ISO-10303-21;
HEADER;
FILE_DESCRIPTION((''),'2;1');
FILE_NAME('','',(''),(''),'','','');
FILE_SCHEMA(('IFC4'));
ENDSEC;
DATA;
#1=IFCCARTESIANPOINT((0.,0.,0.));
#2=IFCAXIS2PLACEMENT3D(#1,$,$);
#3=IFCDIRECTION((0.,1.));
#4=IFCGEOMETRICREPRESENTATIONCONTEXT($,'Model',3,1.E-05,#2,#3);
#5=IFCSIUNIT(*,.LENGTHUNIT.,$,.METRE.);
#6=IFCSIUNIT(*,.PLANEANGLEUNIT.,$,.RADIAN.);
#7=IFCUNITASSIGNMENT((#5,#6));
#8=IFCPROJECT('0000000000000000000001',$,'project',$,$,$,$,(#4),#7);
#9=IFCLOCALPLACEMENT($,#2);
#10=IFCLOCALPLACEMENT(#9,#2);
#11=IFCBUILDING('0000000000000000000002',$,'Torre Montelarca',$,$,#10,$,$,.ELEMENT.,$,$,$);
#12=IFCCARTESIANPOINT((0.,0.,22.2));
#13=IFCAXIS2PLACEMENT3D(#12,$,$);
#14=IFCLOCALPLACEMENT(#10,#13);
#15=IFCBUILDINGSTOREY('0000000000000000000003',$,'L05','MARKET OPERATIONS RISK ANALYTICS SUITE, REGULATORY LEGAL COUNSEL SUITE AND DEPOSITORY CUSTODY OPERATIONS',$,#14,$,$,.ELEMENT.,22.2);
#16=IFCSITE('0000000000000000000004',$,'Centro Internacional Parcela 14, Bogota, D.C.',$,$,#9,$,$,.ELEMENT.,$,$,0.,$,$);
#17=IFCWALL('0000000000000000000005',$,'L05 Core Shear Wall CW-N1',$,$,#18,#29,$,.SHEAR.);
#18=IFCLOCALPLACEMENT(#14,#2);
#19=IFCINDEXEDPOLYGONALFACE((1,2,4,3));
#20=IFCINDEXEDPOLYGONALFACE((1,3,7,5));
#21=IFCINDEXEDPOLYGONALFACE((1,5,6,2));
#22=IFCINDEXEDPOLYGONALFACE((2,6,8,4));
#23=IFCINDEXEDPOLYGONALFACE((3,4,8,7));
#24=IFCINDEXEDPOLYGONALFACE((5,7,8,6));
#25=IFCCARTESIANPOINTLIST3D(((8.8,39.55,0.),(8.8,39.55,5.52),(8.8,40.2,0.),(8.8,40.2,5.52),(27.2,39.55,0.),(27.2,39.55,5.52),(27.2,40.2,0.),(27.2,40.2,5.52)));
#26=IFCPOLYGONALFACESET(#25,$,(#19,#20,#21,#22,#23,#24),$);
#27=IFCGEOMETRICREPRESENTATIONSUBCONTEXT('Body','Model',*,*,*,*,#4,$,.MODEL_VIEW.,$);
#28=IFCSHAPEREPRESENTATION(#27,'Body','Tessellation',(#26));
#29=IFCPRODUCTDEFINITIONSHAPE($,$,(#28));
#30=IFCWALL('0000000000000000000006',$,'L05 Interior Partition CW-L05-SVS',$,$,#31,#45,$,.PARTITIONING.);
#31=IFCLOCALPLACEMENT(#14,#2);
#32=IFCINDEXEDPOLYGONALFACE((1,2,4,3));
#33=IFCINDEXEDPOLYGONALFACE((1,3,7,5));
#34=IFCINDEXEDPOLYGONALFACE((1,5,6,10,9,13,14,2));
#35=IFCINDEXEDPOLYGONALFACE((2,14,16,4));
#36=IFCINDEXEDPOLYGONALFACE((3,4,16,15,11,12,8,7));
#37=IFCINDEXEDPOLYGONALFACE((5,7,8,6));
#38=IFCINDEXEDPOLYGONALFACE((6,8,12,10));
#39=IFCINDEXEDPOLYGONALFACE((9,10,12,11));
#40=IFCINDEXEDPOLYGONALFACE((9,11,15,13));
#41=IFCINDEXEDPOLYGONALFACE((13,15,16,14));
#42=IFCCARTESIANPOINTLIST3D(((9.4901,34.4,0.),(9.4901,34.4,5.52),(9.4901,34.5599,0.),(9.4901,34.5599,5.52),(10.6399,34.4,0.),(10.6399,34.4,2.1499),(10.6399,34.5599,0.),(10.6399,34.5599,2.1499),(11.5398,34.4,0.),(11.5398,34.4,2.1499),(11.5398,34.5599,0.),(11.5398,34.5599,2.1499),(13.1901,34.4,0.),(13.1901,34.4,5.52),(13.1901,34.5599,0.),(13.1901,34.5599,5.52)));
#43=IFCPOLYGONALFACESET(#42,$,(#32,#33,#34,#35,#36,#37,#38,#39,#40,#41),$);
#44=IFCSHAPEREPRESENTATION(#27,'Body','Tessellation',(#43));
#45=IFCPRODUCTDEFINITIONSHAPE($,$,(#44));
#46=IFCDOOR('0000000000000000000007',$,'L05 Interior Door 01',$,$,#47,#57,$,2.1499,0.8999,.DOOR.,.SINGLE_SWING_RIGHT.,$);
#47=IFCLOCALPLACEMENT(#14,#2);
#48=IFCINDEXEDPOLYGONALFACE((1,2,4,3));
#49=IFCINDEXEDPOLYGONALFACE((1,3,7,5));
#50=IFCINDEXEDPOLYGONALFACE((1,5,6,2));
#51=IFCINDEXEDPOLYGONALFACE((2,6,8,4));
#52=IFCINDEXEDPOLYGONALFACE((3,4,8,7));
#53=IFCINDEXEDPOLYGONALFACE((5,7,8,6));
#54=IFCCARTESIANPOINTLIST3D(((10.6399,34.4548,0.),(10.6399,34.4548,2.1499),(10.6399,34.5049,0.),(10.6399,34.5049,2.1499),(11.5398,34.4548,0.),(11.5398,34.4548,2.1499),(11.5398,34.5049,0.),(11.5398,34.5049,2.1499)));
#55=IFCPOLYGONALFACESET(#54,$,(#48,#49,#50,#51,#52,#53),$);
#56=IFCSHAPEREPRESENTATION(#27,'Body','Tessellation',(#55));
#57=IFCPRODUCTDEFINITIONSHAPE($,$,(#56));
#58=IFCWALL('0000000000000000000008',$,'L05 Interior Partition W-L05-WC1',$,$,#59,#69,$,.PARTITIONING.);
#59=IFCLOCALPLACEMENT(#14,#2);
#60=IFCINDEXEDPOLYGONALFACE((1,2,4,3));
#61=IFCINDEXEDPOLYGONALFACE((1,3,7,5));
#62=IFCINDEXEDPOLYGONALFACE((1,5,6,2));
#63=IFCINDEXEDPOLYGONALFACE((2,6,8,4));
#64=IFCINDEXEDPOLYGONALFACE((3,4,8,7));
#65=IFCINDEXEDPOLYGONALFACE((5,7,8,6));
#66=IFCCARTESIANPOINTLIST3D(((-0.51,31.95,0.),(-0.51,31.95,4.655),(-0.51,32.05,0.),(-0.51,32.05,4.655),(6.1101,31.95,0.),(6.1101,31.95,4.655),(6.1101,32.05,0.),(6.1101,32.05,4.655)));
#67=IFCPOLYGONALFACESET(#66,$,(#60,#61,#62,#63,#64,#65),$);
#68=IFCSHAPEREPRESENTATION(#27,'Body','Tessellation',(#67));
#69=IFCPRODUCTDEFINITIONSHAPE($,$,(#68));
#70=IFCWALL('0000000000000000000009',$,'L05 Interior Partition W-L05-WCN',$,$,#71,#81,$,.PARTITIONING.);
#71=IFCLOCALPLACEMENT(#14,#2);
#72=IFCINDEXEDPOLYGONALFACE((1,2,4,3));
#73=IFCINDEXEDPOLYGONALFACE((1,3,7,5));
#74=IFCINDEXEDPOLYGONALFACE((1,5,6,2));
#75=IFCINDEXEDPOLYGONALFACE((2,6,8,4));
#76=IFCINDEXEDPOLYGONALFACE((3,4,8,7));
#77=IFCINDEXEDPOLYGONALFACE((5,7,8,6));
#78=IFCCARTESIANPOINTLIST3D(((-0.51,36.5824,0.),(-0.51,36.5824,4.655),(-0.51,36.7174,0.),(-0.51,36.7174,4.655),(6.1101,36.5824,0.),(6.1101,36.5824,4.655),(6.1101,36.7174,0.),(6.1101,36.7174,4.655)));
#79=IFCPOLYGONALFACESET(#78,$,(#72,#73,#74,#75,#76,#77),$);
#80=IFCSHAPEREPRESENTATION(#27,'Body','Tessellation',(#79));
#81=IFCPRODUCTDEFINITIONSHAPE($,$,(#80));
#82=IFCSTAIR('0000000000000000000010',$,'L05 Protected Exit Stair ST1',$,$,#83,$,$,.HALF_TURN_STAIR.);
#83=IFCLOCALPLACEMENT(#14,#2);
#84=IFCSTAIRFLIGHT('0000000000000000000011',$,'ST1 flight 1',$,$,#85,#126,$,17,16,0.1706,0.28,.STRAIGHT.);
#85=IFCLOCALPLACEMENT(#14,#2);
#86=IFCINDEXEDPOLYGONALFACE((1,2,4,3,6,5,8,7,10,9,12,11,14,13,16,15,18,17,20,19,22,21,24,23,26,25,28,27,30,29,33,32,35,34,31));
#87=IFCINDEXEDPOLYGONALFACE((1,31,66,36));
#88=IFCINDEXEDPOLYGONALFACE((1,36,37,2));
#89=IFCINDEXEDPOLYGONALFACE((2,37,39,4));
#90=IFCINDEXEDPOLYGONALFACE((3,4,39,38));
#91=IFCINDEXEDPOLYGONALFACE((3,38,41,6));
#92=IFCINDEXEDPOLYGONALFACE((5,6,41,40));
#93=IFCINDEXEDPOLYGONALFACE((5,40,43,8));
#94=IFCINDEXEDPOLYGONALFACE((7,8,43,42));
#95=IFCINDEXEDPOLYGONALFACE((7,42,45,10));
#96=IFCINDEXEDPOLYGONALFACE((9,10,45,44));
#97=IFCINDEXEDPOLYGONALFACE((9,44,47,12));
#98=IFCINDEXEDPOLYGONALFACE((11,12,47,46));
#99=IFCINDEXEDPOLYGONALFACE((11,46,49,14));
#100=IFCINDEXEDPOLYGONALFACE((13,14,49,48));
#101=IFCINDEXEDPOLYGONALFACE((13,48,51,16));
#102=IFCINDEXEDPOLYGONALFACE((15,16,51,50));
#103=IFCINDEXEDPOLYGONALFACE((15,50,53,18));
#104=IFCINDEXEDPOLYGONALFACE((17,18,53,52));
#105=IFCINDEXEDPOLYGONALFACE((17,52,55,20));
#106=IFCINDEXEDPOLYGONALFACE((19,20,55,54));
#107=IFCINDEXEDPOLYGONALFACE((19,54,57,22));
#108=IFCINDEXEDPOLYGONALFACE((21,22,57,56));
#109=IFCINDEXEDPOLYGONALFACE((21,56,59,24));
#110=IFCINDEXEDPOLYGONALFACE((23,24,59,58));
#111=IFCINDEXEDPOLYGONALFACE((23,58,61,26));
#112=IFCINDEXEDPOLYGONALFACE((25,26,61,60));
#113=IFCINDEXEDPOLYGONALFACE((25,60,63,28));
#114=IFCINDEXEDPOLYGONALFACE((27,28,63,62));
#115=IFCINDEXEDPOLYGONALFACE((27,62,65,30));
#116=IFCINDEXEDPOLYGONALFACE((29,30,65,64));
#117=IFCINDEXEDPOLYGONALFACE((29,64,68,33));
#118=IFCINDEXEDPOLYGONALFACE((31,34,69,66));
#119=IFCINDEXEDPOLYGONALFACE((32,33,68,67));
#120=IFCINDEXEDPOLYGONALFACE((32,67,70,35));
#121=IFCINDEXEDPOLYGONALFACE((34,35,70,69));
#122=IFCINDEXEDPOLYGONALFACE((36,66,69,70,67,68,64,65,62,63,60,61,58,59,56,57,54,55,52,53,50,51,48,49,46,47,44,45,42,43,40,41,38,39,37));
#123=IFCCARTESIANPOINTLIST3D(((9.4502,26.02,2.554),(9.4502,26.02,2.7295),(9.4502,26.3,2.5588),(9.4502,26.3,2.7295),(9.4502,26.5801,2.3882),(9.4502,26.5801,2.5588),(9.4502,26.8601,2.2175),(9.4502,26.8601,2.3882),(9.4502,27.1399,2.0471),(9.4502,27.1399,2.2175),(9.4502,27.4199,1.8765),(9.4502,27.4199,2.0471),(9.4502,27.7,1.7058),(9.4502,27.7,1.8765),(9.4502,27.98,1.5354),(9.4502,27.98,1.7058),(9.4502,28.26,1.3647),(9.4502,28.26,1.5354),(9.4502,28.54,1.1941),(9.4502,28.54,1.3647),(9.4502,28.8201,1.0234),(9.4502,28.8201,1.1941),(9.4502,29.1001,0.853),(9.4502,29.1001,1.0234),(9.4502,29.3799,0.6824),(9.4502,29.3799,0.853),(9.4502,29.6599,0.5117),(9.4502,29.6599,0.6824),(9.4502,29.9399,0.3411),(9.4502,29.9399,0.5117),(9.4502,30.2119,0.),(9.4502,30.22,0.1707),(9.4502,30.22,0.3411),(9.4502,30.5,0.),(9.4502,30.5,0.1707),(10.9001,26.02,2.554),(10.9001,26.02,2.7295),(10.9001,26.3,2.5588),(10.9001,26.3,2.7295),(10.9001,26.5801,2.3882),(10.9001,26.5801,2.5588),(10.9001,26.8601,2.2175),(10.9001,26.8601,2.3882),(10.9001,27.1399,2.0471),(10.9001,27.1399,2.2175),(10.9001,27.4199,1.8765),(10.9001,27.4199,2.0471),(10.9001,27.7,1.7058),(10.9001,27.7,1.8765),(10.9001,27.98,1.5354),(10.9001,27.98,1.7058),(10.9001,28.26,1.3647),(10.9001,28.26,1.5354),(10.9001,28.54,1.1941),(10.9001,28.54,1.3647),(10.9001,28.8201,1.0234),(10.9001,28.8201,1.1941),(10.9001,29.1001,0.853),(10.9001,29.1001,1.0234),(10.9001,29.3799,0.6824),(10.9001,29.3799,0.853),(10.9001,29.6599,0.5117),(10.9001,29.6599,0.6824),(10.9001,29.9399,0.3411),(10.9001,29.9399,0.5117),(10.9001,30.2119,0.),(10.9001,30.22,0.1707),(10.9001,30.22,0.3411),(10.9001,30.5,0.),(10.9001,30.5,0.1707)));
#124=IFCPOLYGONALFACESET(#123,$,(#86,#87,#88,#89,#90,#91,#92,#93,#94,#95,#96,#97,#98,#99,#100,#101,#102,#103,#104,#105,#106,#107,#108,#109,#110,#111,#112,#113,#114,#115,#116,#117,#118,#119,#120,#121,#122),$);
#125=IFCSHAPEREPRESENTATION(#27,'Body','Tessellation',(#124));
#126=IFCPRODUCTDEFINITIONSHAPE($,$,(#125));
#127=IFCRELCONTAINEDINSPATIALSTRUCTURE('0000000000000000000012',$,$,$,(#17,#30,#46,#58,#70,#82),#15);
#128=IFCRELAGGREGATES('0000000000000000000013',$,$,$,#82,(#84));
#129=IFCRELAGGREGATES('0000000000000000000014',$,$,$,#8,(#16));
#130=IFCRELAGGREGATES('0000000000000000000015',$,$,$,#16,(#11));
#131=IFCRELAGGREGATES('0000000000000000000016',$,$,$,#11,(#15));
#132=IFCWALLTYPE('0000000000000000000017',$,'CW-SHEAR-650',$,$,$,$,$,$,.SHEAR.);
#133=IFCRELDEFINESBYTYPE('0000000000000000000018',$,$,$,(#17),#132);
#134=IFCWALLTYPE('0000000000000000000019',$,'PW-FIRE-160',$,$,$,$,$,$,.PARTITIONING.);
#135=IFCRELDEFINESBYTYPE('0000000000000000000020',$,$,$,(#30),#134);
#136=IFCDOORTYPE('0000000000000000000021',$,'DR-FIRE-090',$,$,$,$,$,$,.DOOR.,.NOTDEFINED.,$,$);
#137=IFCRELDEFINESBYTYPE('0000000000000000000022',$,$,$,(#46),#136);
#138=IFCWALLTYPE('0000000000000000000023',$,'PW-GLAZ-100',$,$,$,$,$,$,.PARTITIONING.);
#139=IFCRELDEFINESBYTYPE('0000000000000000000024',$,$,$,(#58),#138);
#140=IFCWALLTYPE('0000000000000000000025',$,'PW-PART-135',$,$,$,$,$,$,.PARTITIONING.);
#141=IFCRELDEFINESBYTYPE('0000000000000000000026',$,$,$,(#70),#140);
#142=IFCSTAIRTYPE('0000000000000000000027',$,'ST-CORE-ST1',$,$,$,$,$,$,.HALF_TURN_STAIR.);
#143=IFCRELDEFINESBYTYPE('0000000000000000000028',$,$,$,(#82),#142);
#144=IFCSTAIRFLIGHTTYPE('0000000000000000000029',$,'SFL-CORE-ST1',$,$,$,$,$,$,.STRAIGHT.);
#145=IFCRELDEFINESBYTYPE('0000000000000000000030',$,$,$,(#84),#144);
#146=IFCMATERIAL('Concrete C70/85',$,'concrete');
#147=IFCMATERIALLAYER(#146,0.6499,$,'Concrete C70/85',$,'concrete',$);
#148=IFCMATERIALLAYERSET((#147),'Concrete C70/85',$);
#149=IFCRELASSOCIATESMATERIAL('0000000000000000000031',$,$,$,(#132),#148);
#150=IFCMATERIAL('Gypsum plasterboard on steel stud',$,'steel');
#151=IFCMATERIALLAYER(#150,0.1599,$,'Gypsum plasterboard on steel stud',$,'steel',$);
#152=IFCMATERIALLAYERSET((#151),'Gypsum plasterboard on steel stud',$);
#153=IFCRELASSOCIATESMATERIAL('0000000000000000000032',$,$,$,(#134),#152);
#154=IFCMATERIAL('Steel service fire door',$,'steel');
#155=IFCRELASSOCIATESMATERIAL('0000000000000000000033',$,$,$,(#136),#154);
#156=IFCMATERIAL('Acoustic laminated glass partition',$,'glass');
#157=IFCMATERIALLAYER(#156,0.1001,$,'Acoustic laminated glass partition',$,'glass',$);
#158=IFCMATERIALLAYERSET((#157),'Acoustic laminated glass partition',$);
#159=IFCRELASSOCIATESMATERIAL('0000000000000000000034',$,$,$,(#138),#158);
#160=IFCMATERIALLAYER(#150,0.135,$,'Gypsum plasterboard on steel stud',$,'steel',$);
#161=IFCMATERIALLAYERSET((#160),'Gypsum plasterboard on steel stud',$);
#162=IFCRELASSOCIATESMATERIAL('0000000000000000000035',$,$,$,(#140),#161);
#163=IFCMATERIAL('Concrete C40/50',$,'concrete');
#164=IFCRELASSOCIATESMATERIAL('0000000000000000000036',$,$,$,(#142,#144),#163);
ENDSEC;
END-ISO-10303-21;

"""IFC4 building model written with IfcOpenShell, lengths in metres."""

from ifc_helpers import new_model, si_unit, direction, frame, frame_2d, origin, place, context, subcontext, project, spatial, polyline, rectangle, outline, extrude, source, transform, mapped, material, layer, layer_set, type_object, element, fill, aggregate, save


model = new_model("IFC4")

# Units and contexts
model_context = context("Model", 3, precision=1e-05, world=origin(), true_north=direction((0.0, 1.0)))
body_context = subcontext(model_context, "Body", "Model", "MODEL_VIEW")
ifc_project = project(units=[si_unit("LENGTHUNIT", "METRE"), si_unit("PLANEANGLEUNIT", "RADIAN")], contexts=[model_context])

# Site, building, storey
site_placement = place(None, origin())
site = spatial("IfcSite", under=ifc_project, at=site_placement, Name="Centro Internacional Parcela 14, Bogota, D.C.", CompositionType="ELEMENT", RefElevation=0.0)
building_placement = place(site_placement, origin())
building = spatial("IfcBuilding", under=site, at=building_placement, Name="Torre Montelarca", CompositionType="ELEMENT")
storey_placement = place(building_placement, frame((0.0, 0.0, 22.2)))
storey = spatial("IfcBuildingStorey", under=building, at=storey_placement, Name="L05", Description="MARKET OPERATIONS RISK ANALYTICS SUITE, REGULATORY LEGAL COUNSEL SUITE AND DEPOSITORY CUSTODY OPERATIONS", CompositionType="ELEMENT", Elevation=22.2)

# Shared definitions
ifc_material_1 = material(Name="Concrete C70/85", Category="concrete")

# Shared definitions
ifc_material_2 = material(Name="Concrete C40/50", Category="concrete")

# Wall
ifc_layer_1 = layer(ifc_material_1, 0.6499, Name="Concrete C70/85", Category="concrete")
ifc_layer_set_1 = layer_set([ifc_layer_1], Name="Concrete C70/85")
wall_type_1 = type_object("IfcWallType", Name="CW-SHEAR-650", PredefinedType="SHEAR", material=ifc_layer_set_1)
wall_1_placement = place(storey_placement, frame((8.8, 39.875, 0.0), z_axis=(0.0, 0.0, 1.0), x_axis=(1.0, 0.0, 0.0)))
element("IfcWall", 1, at=wall_1_placement, inside=storey, type_object=wall_type_1, Name="L05 Core Shear Wall CW-N1", PredefinedType="SHEAR", context=body_context, shape_type="SweptSolid", body=[
    extrude(rectangle(XDim=18.3999, YDim=0.6499, at=frame_2d((9.2, 0.0))), origin(), (0.0, 0.0, 1.0), 5.52),
])

# Wall, opening, door
ifc_material_3 = material(Name="Gypsum plasterboard on steel stud", Category="steel")
ifc_layer_2 = layer(ifc_material_3, 0.1599, Name="Gypsum plasterboard on steel stud", Category="steel")
ifc_layer_set_2 = layer_set([ifc_layer_2], Name="Gypsum plasterboard on steel stud")
wall_type_2 = type_object("IfcWallType", Name="PW-FIRE-160", PredefinedType="PARTITIONING", material=ifc_layer_set_2)
wall_2_placement = place(storey_placement, frame((9.49, 34.48, 0.0), z_axis=(0.0, 0.0, 1.0), x_axis=(1.0, 0.0, 0.0)))
wall_2 = element("IfcWall", 2, at=wall_2_placement, inside=storey, type_object=wall_type_2, Name="L05 Interior Partition CW-L05-SVS", PredefinedType="PARTITIONING", context=body_context, shape_type="SweptSolid", body=[
    extrude(rectangle(XDim=3.7, YDim=0.1599, at=frame_2d((1.8501, 0.0))), origin(), (0.0, 0.0, 1.0), 5.52),
])
opening_1_placement = place(wall_2_placement, frame((1.1499, 0.0, 0.0)))
opening_1 = element("IfcOpeningElement", 3, at=opening_1_placement, cuts=wall_2, PredefinedType="OPENING", context=body_context, shape_type="SweptSolid", body=[
    extrude(rectangle(XDim=0.8999, YDim=2.1499, at=frame_2d((0.45, 1.075))), frame((0.0, 0.0898, 0.0), z_axis=(0.0, -1.0, 0.0), x_axis=(1.0, 0.0, 0.0)), (0.0, 0.0, 1.0), 0.1799),
])
ifc_material_4 = material(Name="Steel service fire door", Category="steel")
door_type_1 = type_object("IfcDoorType", Name="DR-FIRE-090", OperationType="NOTDEFINED", PredefinedType="DOOR", material=ifc_material_4)
shared_shape_1 = source(origin(), body_context, "Body", "SweptSolid", [
    extrude(rectangle(XDim=0.8999, YDim=2.1499, at=frame_2d((0.45, 1.075))), frame((0.0, 0.0249, 0.0), z_axis=(0.0, -1.0, 0.0), x_axis=(1.0, 0.0, 0.0)), (0.0, 0.0, 1.0), 0.05),
])
door_1_placement = place(opening_1_placement, origin())
door_1 = element("IfcDoor", 4, at=door_1_placement, inside=storey, type_object=door_type_1, Name="L05 Interior Door 01", OperationType="SINGLE_SWING_RIGHT", OverallHeight=2.1499, OverallWidth=0.8999, PredefinedType="DOOR", context=body_context, shape_type="MappedRepresentation", body=[
    mapped(shared_shape_1, transform((0.0, 0.0, 0.0), scale=1.0)),
])
fill(opening_1, door_1)

# Walls
ifc_material_5 = material(Name="Acoustic laminated glass partition", Category="glass")
ifc_layer_3 = layer(ifc_material_5, 0.1001, Name="Acoustic laminated glass partition", Category="glass")
ifc_layer_set_3 = layer_set([ifc_layer_3], Name="Acoustic laminated glass partition")
wall_type_3 = type_object("IfcWallType", Name="PW-GLAZ-100", PredefinedType="PARTITIONING", material=ifc_layer_set_3)
wall_3_placement = place(storey_placement, frame((-0.51, 32.0, 0.0), z_axis=(0.0, 0.0, 1.0), x_axis=(1.0, 0.0, 0.0)))
element("IfcWall", 5, at=wall_3_placement, inside=storey, type_object=wall_type_3, Name="L05 Interior Partition W-L05-WC1", PredefinedType="PARTITIONING", context=body_context, shape_type="SweptSolid", body=[
    extrude(rectangle(XDim=6.6201, YDim=0.1001, at=frame_2d((3.3101, 0.0))), origin(), (0.0, 0.0, 1.0), 4.655),
])
ifc_layer_4 = layer(ifc_material_3, 0.135, Name="Gypsum plasterboard on steel stud", Category="steel")
ifc_layer_set_4 = layer_set([ifc_layer_4], Name="Gypsum plasterboard on steel stud")
wall_type_4 = type_object("IfcWallType", Name="PW-PART-135", PredefinedType="PARTITIONING", material=ifc_layer_set_4)
wall_4_placement = place(storey_placement, frame((-0.51, 36.6499, 0.0), z_axis=(0.0, 0.0, 1.0), x_axis=(1.0, 0.0, 0.0)))
element("IfcWall", 6, at=wall_4_placement, inside=storey, type_object=wall_type_4, Name="L05 Interior Partition W-L05-WCN", PredefinedType="PARTITIONING", context=body_context, shape_type="SweptSolid", body=[
    extrude(rectangle(XDim=6.6201, YDim=0.135, at=frame_2d((3.3101, 0.0))), origin(), (0.0, 0.0, 1.0), 4.655),
])

# Stair, stair flight
stair_type = type_object("IfcStairType", Name="ST-CORE-ST1", PredefinedType="HALF_TURN_STAIR", material=ifc_material_2)
stair_placement = place(storey_placement, origin())
stair = element("IfcStair", 7, at=stair_placement, inside=storey, type_object=stair_type, Name="L05 Protected Exit Stair ST1", PredefinedType="HALF_TURN_STAIR")
stair_flight_type = type_object("IfcStairFlightType", Name="SFL-CORE-ST1", PredefinedType="STRAIGHT", material=ifc_material_2)
stair_flight_placement = place(storey_placement, frame((10.175, 30.5, 0.0), z_axis=(0.0, 0.0, 1.0), x_axis=(0.0, -1.0, 0.0)))
stair_flight = element("IfcStairFlight", 8, at=stair_flight_placement, type_object=stair_flight_type, Name="ST1 flight 1", NumberOfRisers=17, NumberOfTreads=16, PredefinedType="STRAIGHT", RiserHeight=0.1706, TreadLength=0.28, context=body_context, shape_type="SweptSolid", body=[
    extrude(outline(polyline([(0.0, 0.0), (0.0, 0.1707), (0.28, 0.1707), (0.28, 0.3411), (0.5601, 0.3411), (0.5601, 0.5117), (0.8401, 0.5117), (0.8401, 0.6824), (1.1201, 0.6824), (1.1201, 0.853), (1.3999, 0.853), (1.3999, 1.0234), (1.6799, 1.0234), (1.6799, 1.1941), (1.96, 1.1941), (1.96, 1.3647), (2.24, 1.3647), (2.24, 1.5354), (2.52, 1.5354), (2.52, 1.7058), (2.8, 1.7058), (2.8, 1.8765), (3.0801, 1.8765), (3.0801, 2.0471), (3.3601, 2.0471), (3.3601, 2.2175), (3.6399, 2.2175), (3.6399, 2.3882), (3.9199, 2.3882), (3.9199, 2.5588), (4.2, 2.5588), (4.2, 2.7295), (4.48, 2.7295), (4.48, 2.8999), (4.48, 2.554), (0.2881, 0.0), (0.0, 0.0)])), frame((0.0, 0.7251, 0.0), z_axis=(0.0, -1.0, 0.0), x_axis=(1.0, 0.0, 0.0)), (0.0, 0.0, 1.0), 1.45),
])
aggregate(stair, [stair_flight])

save(model, "model.ifc")
